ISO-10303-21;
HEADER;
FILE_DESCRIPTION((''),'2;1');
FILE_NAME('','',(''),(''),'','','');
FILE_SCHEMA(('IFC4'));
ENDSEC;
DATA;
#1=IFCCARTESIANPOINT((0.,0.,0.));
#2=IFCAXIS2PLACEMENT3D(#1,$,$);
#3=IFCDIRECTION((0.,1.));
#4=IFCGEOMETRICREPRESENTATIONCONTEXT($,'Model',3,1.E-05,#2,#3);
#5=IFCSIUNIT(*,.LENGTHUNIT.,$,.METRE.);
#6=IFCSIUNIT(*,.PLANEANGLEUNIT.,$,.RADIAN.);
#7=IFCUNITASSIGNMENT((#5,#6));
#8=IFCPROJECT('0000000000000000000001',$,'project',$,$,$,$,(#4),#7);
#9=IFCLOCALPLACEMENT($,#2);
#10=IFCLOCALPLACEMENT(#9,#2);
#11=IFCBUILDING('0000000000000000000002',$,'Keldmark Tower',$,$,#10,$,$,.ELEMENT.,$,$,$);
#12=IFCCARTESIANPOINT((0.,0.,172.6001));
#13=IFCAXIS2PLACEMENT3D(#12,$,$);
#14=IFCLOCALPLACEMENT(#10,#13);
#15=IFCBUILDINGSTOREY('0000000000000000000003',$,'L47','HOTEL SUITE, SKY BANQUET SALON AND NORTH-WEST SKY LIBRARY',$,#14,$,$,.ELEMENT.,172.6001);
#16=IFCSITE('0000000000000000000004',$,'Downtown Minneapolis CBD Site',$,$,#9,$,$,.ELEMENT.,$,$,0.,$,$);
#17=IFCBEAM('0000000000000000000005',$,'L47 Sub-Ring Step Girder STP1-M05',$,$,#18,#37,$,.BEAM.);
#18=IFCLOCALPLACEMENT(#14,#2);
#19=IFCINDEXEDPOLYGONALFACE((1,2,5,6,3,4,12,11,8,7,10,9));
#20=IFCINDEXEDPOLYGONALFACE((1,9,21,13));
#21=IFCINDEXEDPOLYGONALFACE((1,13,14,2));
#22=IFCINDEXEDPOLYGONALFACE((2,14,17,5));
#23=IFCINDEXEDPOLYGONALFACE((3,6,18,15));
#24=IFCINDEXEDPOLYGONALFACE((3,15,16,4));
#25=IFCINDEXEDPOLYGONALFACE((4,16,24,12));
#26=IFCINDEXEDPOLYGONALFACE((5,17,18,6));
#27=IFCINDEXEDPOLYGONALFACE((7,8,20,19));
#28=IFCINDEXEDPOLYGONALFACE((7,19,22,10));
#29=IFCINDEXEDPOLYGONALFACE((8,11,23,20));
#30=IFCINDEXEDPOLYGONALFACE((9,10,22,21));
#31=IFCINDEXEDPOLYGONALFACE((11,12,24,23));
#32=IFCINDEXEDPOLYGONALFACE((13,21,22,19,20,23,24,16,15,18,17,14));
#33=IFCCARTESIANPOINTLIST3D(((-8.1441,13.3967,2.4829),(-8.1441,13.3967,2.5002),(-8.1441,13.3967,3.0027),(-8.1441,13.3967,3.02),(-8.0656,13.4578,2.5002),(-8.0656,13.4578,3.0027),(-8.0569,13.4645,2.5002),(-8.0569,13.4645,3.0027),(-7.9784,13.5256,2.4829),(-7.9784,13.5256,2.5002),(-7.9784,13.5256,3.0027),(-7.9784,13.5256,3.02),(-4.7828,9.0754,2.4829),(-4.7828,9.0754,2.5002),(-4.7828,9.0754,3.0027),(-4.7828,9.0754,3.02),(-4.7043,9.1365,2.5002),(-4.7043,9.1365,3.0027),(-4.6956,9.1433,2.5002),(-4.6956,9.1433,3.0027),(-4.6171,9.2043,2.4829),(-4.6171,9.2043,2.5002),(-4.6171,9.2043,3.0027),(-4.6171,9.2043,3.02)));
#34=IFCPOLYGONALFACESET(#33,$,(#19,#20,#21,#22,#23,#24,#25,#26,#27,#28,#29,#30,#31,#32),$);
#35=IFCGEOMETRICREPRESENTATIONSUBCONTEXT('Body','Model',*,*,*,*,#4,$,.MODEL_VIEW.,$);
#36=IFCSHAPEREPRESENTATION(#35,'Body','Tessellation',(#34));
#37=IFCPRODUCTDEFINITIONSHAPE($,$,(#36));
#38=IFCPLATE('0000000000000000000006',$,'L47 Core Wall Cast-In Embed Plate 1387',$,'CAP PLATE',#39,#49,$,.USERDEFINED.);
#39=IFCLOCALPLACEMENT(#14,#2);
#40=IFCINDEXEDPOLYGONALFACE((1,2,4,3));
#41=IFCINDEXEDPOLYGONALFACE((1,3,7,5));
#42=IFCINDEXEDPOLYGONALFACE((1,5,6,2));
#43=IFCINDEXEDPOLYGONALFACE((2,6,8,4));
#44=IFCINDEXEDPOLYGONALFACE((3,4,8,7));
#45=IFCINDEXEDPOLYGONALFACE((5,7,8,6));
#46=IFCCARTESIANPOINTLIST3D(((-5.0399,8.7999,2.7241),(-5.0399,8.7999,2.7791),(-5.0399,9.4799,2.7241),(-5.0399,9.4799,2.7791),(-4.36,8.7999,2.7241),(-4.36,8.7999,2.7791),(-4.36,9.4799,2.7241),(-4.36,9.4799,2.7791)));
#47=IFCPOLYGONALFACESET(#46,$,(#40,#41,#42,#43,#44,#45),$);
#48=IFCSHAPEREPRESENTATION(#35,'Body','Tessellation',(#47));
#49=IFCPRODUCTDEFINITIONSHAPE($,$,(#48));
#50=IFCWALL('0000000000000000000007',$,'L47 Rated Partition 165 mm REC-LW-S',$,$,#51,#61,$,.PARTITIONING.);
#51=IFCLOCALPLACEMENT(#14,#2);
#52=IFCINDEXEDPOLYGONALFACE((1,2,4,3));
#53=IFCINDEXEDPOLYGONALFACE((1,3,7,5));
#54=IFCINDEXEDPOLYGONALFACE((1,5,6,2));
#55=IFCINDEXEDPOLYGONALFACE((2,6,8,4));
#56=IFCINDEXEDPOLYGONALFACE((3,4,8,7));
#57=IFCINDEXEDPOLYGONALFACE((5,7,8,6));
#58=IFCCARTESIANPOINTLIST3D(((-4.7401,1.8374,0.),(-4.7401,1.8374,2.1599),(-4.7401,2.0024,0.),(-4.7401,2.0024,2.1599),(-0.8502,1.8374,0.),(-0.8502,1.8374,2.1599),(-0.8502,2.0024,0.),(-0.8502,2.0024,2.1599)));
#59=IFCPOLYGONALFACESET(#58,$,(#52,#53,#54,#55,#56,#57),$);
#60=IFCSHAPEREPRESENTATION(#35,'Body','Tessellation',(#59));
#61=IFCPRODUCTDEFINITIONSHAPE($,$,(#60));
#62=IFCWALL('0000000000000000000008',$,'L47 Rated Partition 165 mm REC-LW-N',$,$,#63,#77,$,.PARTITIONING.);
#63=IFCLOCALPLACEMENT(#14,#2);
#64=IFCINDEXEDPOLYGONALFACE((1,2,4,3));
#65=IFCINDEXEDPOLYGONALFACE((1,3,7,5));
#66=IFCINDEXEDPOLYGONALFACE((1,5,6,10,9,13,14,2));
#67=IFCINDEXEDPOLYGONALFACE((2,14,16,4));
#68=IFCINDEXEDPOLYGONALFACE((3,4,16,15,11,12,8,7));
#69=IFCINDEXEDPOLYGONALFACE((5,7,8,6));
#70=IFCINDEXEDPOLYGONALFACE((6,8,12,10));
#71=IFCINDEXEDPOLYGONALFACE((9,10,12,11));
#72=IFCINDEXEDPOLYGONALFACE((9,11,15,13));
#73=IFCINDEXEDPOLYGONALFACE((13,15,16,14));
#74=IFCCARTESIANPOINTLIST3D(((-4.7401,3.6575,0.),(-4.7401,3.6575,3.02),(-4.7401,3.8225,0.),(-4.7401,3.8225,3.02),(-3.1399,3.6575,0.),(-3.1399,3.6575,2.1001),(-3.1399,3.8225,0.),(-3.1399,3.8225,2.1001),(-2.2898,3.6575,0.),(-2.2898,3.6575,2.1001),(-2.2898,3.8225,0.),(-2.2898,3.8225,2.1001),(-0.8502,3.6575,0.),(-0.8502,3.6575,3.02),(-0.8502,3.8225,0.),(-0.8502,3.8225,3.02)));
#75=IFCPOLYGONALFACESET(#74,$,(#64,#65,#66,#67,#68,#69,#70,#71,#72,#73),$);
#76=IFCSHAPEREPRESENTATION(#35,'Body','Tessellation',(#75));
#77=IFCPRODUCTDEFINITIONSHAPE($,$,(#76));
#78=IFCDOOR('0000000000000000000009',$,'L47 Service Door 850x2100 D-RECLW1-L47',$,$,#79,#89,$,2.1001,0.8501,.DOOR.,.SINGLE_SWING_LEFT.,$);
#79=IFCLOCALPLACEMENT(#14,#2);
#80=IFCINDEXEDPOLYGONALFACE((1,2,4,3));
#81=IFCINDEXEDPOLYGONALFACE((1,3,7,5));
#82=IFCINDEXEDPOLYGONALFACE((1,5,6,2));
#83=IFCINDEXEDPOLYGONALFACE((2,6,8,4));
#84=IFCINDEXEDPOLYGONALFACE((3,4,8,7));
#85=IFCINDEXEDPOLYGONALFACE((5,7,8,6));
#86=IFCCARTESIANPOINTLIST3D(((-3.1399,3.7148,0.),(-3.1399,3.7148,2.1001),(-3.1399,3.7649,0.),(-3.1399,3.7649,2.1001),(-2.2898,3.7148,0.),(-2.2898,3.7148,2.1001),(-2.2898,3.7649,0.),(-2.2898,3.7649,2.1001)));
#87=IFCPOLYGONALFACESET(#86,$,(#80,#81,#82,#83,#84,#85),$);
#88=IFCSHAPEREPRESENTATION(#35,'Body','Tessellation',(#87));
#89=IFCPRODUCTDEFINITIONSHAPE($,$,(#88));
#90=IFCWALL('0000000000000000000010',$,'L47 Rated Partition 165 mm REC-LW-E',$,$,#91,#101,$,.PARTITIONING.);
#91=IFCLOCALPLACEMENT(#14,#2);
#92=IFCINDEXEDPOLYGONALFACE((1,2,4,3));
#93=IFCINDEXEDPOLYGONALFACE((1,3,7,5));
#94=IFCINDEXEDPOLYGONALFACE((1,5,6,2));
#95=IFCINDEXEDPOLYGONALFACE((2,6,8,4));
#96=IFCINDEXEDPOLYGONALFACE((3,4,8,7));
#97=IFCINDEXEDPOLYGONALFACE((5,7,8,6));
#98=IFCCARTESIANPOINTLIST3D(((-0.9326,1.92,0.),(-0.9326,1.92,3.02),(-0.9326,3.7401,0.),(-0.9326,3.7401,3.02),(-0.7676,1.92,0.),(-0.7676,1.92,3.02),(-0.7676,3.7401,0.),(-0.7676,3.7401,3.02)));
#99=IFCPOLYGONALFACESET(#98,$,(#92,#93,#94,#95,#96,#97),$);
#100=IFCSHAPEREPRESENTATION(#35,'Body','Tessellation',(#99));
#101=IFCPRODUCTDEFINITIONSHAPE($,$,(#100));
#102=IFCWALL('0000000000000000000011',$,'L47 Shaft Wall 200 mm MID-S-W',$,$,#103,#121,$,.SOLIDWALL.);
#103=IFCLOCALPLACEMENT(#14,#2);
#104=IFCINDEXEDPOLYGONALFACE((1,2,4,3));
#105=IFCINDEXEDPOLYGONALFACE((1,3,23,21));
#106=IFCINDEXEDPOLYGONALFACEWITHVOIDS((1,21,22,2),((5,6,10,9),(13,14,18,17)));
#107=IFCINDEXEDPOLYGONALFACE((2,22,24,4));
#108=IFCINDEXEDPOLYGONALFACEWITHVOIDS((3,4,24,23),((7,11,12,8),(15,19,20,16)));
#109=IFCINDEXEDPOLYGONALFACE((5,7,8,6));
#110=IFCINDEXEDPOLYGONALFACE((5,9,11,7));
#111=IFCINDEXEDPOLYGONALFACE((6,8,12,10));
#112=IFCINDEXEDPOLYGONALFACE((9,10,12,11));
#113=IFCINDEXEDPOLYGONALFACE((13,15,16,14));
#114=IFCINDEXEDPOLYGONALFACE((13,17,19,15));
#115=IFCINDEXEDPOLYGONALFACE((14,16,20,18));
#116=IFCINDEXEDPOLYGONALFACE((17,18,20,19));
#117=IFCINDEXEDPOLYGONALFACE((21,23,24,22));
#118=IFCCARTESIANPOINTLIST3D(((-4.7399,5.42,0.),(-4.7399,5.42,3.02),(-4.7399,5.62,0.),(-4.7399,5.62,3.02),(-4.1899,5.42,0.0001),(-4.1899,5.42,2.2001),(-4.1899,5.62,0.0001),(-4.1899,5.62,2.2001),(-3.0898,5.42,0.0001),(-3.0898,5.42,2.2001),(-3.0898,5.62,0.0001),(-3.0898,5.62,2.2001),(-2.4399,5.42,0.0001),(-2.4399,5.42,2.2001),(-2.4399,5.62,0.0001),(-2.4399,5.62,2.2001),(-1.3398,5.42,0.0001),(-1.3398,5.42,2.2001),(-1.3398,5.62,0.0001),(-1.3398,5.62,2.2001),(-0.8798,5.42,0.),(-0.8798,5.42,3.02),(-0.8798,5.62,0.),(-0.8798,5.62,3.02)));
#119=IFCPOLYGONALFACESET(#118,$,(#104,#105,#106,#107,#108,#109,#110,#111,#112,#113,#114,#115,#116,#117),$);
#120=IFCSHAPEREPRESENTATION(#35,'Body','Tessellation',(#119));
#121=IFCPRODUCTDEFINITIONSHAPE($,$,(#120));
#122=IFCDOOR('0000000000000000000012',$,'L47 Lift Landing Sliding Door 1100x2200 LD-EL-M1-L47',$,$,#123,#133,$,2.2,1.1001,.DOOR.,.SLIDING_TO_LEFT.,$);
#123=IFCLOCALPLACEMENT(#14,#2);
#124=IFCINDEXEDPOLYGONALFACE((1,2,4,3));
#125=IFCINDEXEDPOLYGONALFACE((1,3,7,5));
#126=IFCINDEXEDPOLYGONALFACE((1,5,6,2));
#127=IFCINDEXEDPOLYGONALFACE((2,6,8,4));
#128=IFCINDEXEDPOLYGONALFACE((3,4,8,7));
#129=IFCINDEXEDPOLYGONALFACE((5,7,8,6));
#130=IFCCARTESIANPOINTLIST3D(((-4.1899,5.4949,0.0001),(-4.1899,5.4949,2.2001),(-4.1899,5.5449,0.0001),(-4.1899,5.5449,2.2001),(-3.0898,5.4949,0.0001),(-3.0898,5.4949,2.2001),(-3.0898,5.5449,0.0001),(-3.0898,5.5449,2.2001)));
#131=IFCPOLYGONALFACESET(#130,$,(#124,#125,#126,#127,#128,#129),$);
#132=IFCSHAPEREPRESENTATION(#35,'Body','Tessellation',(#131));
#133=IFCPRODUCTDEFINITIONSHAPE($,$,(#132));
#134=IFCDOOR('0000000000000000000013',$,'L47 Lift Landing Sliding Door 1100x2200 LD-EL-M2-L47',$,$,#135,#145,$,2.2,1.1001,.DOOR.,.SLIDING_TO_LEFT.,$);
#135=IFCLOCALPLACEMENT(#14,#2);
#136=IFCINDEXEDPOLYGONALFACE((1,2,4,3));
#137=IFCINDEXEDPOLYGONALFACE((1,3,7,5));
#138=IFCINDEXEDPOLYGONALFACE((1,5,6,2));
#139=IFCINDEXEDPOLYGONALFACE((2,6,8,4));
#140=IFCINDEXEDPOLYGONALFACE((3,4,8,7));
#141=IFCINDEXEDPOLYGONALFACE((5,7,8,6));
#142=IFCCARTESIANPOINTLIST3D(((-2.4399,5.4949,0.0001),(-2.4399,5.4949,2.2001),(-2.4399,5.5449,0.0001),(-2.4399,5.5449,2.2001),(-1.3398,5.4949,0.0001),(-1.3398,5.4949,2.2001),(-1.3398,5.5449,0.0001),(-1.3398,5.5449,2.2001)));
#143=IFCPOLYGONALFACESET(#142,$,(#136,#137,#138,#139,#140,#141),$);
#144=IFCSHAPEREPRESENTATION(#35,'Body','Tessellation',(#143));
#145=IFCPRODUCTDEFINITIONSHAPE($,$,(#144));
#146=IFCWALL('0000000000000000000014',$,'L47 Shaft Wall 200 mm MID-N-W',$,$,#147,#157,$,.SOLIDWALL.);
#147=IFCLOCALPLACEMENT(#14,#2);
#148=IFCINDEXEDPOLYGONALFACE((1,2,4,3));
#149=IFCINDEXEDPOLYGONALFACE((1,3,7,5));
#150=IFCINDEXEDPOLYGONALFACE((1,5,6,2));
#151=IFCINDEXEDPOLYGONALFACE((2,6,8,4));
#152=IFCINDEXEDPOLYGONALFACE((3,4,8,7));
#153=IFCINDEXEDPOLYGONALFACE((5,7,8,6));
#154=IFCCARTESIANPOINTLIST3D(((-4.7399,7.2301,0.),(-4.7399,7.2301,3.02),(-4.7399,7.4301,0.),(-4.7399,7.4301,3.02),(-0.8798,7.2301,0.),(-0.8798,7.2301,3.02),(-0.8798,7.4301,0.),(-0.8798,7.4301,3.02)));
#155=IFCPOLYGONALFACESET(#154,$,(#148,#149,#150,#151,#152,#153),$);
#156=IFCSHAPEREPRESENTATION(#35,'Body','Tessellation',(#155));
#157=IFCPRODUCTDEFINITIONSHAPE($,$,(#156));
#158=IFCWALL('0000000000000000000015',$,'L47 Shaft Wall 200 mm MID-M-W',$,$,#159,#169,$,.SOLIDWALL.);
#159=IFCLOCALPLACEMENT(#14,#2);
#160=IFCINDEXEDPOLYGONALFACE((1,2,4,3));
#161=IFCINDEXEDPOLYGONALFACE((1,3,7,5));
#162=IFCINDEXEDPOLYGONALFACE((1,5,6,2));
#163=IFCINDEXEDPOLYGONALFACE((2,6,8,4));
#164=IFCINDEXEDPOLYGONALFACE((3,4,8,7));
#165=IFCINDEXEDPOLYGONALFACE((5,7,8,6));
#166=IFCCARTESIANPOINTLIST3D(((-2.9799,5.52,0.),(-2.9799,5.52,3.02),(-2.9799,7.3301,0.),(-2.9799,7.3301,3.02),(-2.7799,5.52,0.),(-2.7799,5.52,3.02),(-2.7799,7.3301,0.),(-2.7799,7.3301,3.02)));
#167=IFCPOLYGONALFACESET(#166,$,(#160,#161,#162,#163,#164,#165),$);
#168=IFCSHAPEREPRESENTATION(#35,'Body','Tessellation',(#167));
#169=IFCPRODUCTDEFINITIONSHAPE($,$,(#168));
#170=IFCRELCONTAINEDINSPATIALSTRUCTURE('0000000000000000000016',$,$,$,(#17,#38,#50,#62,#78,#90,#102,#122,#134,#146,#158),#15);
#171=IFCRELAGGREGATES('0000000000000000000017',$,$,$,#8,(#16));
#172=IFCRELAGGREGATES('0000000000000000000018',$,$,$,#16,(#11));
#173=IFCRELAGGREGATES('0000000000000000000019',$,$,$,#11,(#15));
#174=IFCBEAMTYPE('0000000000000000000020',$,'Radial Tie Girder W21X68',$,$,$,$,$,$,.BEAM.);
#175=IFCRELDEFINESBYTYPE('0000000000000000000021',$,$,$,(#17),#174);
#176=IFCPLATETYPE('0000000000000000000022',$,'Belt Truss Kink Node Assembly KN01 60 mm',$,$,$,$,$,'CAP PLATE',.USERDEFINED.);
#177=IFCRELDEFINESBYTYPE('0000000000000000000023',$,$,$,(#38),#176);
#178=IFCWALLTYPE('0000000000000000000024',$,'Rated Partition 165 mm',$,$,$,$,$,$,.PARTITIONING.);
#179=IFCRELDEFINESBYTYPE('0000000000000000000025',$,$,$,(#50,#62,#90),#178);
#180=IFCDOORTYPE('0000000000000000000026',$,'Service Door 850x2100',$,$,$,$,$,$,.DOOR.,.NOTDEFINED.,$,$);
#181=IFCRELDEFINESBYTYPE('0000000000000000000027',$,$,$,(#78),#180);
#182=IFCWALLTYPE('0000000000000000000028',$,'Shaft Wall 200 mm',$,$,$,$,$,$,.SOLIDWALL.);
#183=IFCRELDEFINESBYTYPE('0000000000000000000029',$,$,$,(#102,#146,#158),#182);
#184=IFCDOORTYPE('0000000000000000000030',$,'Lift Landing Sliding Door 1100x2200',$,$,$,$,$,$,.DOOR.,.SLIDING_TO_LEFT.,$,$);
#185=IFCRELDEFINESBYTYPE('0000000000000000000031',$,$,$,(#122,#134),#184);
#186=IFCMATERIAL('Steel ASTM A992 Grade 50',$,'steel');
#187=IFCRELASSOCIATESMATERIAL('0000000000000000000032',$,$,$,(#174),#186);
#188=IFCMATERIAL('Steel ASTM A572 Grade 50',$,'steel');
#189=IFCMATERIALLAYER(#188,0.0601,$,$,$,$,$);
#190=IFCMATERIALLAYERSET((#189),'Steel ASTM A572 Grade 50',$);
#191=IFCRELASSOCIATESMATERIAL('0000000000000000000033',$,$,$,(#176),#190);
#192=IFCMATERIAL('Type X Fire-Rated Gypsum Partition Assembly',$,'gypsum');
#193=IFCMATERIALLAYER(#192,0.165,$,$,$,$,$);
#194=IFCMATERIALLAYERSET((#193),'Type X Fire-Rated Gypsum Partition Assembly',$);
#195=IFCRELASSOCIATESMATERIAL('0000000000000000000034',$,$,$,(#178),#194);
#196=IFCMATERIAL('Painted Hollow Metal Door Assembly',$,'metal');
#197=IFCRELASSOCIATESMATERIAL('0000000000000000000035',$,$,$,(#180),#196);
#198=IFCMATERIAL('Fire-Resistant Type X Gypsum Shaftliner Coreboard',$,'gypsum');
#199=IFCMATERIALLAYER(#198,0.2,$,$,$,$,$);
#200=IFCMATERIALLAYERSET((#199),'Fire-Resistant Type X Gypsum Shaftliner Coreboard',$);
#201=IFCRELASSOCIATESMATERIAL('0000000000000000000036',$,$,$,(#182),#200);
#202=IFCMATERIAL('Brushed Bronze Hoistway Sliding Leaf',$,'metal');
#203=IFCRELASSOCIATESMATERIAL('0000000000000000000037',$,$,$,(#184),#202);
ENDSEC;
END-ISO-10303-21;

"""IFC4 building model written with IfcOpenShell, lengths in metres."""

from ifc_helpers import new_model, si_unit, direction, frame, frame_2d, origin, origin_2d, place, context, subcontext, project, spatial, rectangle, i_section, extrude, material, layer, layer_set, material_profile, profile_set, type_object, element, fill, save


model = new_model("IFC4")

# Units and contexts
model_context = context("Model", 3, precision=1e-05, world=origin(), true_north=direction((0.0, 1.0)))
body_context = subcontext(model_context, "Body", "Model", "MODEL_VIEW")
ifc_project = project(units=[si_unit("LENGTHUNIT", "METRE"), si_unit("PLANEANGLEUNIT", "RADIAN")], contexts=[model_context])

# Site, building, storey
site_placement = place(None, origin())
site = spatial("IfcSite", under=ifc_project, at=site_placement, Name="Downtown Minneapolis CBD Site", CompositionType="ELEMENT", RefElevation=0.0)
building_placement = place(site_placement, origin())
building = spatial("IfcBuilding", under=site, at=building_placement, Name="Keldmark Tower", CompositionType="ELEMENT")
storey_placement = place(building_placement, frame((0.0, 0.0, 172.6001)))
storey = spatial("IfcBuildingStorey", under=building, at=storey_placement, Name="L47", Description="HOTEL SUITE, SKY BANQUET SALON AND NORTH-WEST SKY LIBRARY", CompositionType="ELEMENT", Elevation=172.6001)

# Beam
ifc_material_1 = material(Name="Steel ASTM A992 Grade 50", Category="steel")
ifc_material_profile = material_profile(ifc_material_1, i_section(OverallWidth=0.21, OverallDepth=0.5371, WebThickness=0.011, FlangeThickness=0.0173, at=origin_2d()), Name="W21X68")
ifc_profile_set = profile_set([ifc_material_profile], Name="Steel ASTM A992 Grade 50")
beam_type = type_object("IfcBeamType", Name="Radial Tie Girder W21X68", PredefinedType="BEAM", material=ifc_profile_set)
beam_placement = place(storey_placement, frame((-4.7, 9.1399, 2.7515), z_axis=(-0.613978, 0.789323, 0.0), x_axis=(-0.789323, -0.613978, 0.0)))
element("IfcBeam", 1, at=beam_placement, inside=storey, type_object=beam_type, Name="L47 Sub-Ring Step Girder STP1-M05", PredefinedType="BEAM", context=body_context, shape_type="SweptSolid", body=[
    extrude(i_section(OverallWidth=0.21, OverallDepth=0.5371, WebThickness=0.011, FlangeThickness=0.0173, at=origin_2d()), origin(), (0.0, 0.0, 1.0), 5.4746),
])

# Plate
ifc_material_2 = material(Name="Steel ASTM A572 Grade 50", Category="steel")
ifc_layer_1 = layer(ifc_material_2, 0.0601)
ifc_layer_set_1 = layer_set([ifc_layer_1], Name="Steel ASTM A572 Grade 50")
plate_type = type_object("IfcPlateType", Name="Belt Truss Kink Node Assembly KN01 60 mm", ElementType="CAP PLATE", PredefinedType="USERDEFINED", material=ifc_layer_set_1)
plate_placement = place(storey_placement, frame((-4.7, 9.1399, 2.7241), z_axis=(0.0, 0.0, 1.0), x_axis=(1.0, 0.0, 0.0)))
element("IfcPlate", 2, at=plate_placement, inside=storey, type_object=plate_type, Name="L47 Core Wall Cast-In Embed Plate 1387", ObjectType="CAP PLATE", PredefinedType="USERDEFINED", context=body_context, shape_type="SweptSolid", body=[
    extrude(rectangle(XDim=0.6799, YDim=0.6799, at=origin_2d()), origin(), (0.0, 0.0, 1.0), 0.0549),
])

# Wall
ifc_material_3 = material(Name="Type X Fire-Rated Gypsum Partition Assembly", Category="gypsum")
ifc_layer_2 = layer(ifc_material_3, 0.165)
ifc_layer_set_2 = layer_set([ifc_layer_2], Name="Type X Fire-Rated Gypsum Partition Assembly")
wall_type_1 = type_object("IfcWallType", Name="Rated Partition 165 mm", PredefinedType="PARTITIONING", material=ifc_layer_set_2)
wall_1_placement = place(storey_placement, frame((-4.74, 1.9199, 0.0), z_axis=(0.0, 0.0, 1.0), x_axis=(1.0, 0.0, 0.0)))
element("IfcWall", 3, at=wall_1_placement, inside=storey, type_object=wall_type_1, Name="L47 Rated Partition 165 mm REC-LW-S", PredefinedType="PARTITIONING", context=body_context, shape_type="SweptSolid", body=[
    extrude(rectangle(XDim=3.8899, YDim=0.165, at=frame_2d((1.9448, 0.0))), origin(), (0.0, 0.0, 1.0), 2.1599),
])

# Wall, opening, door
wall_2_placement = place(storey_placement, frame((-4.74, 3.74, 0.0), z_axis=(0.0, 0.0, 1.0), x_axis=(1.0, 0.0, 0.0)))
wall_2 = element("IfcWall", 4, at=wall_2_placement, inside=storey, type_object=wall_type_1, Name="L47 Rated Partition 165 mm REC-LW-N", PredefinedType="PARTITIONING", context=body_context, shape_type="SweptSolid", body=[
    extrude(rectangle(XDim=3.8899, YDim=0.165, at=frame_2d((1.9448, 0.0))), origin(), (0.0, 0.0, 1.0), 3.02),
])
opening_1_placement = place(wall_2_placement, frame((1.6001, 0.0, 0.0)))
opening_1 = element("IfcOpeningElement", 5, at=opening_1_placement, cuts=wall_2, PredefinedType="OPENING", context=body_context, shape_type="SweptSolid", body=[
    extrude(rectangle(XDim=0.8501, YDim=2.1001, at=frame_2d((0.425, 1.05))), frame((0.0, 0.0925, 0.0), z_axis=(0.0, -1.0, 0.0), x_axis=(1.0, 0.0, 0.0)), (0.0, 0.0, 1.0), 0.1851),
])
ifc_material_4 = material(Name="Painted Hollow Metal Door Assembly", Category="metal")
door_type_1 = type_object("IfcDoorType", Name="Service Door 850x2100", OperationType="NOTDEFINED", PredefinedType="DOOR", material=ifc_material_4)
door_1_placement = place(opening_1_placement, origin())
door_1 = element("IfcDoor", 6, at=door_1_placement, inside=storey, type_object=door_type_1, Name="L47 Service Door 850x2100 D-RECLW1-L47", OperationType="SINGLE_SWING_LEFT", OverallHeight=2.1001, OverallWidth=0.8501, PredefinedType="DOOR", context=body_context, shape_type="SweptSolid", body=[
    extrude(rectangle(XDim=0.8501, YDim=2.1001, at=frame_2d((0.425, 1.05))), frame((0.0, 0.0249, 0.0), z_axis=(0.0, -1.0, 0.0), x_axis=(1.0, 0.0, 0.0)), (0.0, 0.0, 1.0), 0.05),
])
fill(opening_1, door_1)

# Wall
wall_3_placement = place(storey_placement, frame((-0.8501, 1.9199, 0.0), z_axis=(0.0, 0.0, 1.0), x_axis=(0.0, 1.0, 0.0)))
element("IfcWall", 7, at=wall_3_placement, inside=storey, type_object=wall_type_1, Name="L47 Rated Partition 165 mm REC-LW-E", PredefinedType="PARTITIONING", context=body_context, shape_type="SweptSolid", body=[
    extrude(rectangle(XDim=1.8201, YDim=0.165, at=frame_2d((0.9102, 0.0))), origin(), (0.0, 0.0, 1.0), 3.02),
])

# Wall, openings, doors
ifc_material_5 = material(Name="Fire-Resistant Type X Gypsum Shaftliner Coreboard", Category="gypsum")
ifc_layer_3 = layer(ifc_material_5, 0.2)
ifc_layer_set_3 = layer_set([ifc_layer_3], Name="Fire-Resistant Type X Gypsum Shaftliner Coreboard")
wall_type_2 = type_object("IfcWallType", Name="Shaft Wall 200 mm", PredefinedType="SOLIDWALL", material=ifc_layer_set_3)
wall_4_placement = place(storey_placement, frame((-4.74, 5.52, 0.0), z_axis=(0.0, 0.0, 1.0), x_axis=(1.0, 0.0, 0.0)))
wall_4 = element("IfcWall", 8, at=wall_4_placement, inside=storey, type_object=wall_type_2, Name="L47 Shaft Wall 200 mm MID-S-W", PredefinedType="SOLIDWALL", context=body_context, shape_type="SweptSolid", body=[
    extrude(rectangle(XDim=3.8601, YDim=0.2, at=frame_2d((1.9302, 0.0))), origin(), (0.0, 0.0, 1.0), 3.02),
])
opening_2_placement = place(wall_4_placement, frame((0.55, 0.0, 0.0)))
opening_2 = element("IfcOpeningElement", 9, at=opening_2_placement, cuts=wall_4, PredefinedType="OPENING", context=body_context, shape_type="SweptSolid", body=[
    extrude(rectangle(XDim=1.1001, YDim=2.2, at=frame_2d((0.55, 1.1001))), frame((0.0, 0.1099, 0.0), z_axis=(0.0, -1.0, 0.0), x_axis=(1.0, 0.0, 0.0)), (0.0, 0.0, 1.0), 0.22),
])
opening_3_placement = place(wall_4_placement, frame((2.3, 0.0, 0.0)))
opening_3 = element("IfcOpeningElement", 10, at=opening_3_placement, cuts=wall_4, PredefinedType="OPENING", context=body_context, shape_type="SweptSolid", body=[
    extrude(rectangle(XDim=1.1001, YDim=2.2, at=frame_2d((0.55, 1.1001))), frame((0.0, 0.1099, 0.0), z_axis=(0.0, -1.0, 0.0), x_axis=(1.0, 0.0, 0.0)), (0.0, 0.0, 1.0), 0.22),
])
ifc_material_6 = material(Name="Brushed Bronze Hoistway Sliding Leaf", Category="metal")
door_type_2 = type_object("IfcDoorType", Name="Lift Landing Sliding Door 1100x2200", OperationType="SLIDING_TO_LEFT", PredefinedType="DOOR", material=ifc_material_6)
door_2_placement = place(opening_2_placement, origin())
door_2 = element("IfcDoor", 11, at=door_2_placement, inside=storey, type_object=door_type_2, Name="L47 Lift Landing Sliding Door 1100x2200 LD-EL-M1-L47", OperationType="SLIDING_TO_LEFT", OverallHeight=2.2, OverallWidth=1.1001, PredefinedType="DOOR", context=body_context, shape_type="SweptSolid", body=[
    extrude(rectangle(XDim=1.1001, YDim=2.2, at=frame_2d((0.55, 1.1001))), frame((0.0, 0.0249, 0.0), z_axis=(0.0, -1.0, 0.0), x_axis=(1.0, 0.0, 0.0)), (0.0, 0.0, 1.0), 0.05),
])
fill(opening_2, door_2)
door_3_placement = place(opening_3_placement, origin())
door_3 = element("IfcDoor", 12, at=door_3_placement, inside=storey, type_object=door_type_2, Name="L47 Lift Landing Sliding Door 1100x2200 LD-EL-M2-L47", OperationType="SLIDING_TO_LEFT", OverallHeight=2.2, OverallWidth=1.1001, PredefinedType="DOOR", context=body_context, shape_type="SweptSolid", body=[
    extrude(rectangle(XDim=1.1001, YDim=2.2, at=frame_2d((0.55, 1.1001))), frame((0.0, 0.0249, 0.0), z_axis=(0.0, -1.0, 0.0), x_axis=(1.0, 0.0, 0.0)), (0.0, 0.0, 1.0), 0.05),
])
fill(opening_3, door_3)

# Walls
wall_5_placement = place(storey_placement, frame((-4.74, 7.3301, 0.0), z_axis=(0.0, 0.0, 1.0), x_axis=(1.0, 0.0, 0.0)))
element("IfcWall", 13, at=wall_5_placement, inside=storey, type_object=wall_type_2, Name="L47 Shaft Wall 200 mm MID-N-W", PredefinedType="SOLIDWALL", context=body_context, shape_type="SweptSolid", body=[
    extrude(rectangle(XDim=3.8601, YDim=0.2, at=frame_2d((1.9302, 0.0))), origin(), (0.0, 0.0, 1.0), 3.02),
])
for number, where, z_axis, x_axis, name in (
    (14, (-2.8799, 5.52, 0.0), (0.0, 0.0, 1.0), (0.0, 1.0, 0.0), "L47 Shaft Wall 200 mm MID-M-W"),
):
    element("IfcWall", number, at=place(storey_placement, frame(where, z_axis=z_axis, x_axis=x_axis)), inside=storey, type_object=wall_type_2, Name=name, PredefinedType="SOLIDWALL", context=body_context, shape_type="SweptSolid", body=[
        extrude(rectangle(XDim=1.8101, YDim=0.2, at=frame_2d((0.905, 0.0))), origin(), (0.0, 0.0, 1.0), 3.02),
    ])

save(model, "model.ifc")
